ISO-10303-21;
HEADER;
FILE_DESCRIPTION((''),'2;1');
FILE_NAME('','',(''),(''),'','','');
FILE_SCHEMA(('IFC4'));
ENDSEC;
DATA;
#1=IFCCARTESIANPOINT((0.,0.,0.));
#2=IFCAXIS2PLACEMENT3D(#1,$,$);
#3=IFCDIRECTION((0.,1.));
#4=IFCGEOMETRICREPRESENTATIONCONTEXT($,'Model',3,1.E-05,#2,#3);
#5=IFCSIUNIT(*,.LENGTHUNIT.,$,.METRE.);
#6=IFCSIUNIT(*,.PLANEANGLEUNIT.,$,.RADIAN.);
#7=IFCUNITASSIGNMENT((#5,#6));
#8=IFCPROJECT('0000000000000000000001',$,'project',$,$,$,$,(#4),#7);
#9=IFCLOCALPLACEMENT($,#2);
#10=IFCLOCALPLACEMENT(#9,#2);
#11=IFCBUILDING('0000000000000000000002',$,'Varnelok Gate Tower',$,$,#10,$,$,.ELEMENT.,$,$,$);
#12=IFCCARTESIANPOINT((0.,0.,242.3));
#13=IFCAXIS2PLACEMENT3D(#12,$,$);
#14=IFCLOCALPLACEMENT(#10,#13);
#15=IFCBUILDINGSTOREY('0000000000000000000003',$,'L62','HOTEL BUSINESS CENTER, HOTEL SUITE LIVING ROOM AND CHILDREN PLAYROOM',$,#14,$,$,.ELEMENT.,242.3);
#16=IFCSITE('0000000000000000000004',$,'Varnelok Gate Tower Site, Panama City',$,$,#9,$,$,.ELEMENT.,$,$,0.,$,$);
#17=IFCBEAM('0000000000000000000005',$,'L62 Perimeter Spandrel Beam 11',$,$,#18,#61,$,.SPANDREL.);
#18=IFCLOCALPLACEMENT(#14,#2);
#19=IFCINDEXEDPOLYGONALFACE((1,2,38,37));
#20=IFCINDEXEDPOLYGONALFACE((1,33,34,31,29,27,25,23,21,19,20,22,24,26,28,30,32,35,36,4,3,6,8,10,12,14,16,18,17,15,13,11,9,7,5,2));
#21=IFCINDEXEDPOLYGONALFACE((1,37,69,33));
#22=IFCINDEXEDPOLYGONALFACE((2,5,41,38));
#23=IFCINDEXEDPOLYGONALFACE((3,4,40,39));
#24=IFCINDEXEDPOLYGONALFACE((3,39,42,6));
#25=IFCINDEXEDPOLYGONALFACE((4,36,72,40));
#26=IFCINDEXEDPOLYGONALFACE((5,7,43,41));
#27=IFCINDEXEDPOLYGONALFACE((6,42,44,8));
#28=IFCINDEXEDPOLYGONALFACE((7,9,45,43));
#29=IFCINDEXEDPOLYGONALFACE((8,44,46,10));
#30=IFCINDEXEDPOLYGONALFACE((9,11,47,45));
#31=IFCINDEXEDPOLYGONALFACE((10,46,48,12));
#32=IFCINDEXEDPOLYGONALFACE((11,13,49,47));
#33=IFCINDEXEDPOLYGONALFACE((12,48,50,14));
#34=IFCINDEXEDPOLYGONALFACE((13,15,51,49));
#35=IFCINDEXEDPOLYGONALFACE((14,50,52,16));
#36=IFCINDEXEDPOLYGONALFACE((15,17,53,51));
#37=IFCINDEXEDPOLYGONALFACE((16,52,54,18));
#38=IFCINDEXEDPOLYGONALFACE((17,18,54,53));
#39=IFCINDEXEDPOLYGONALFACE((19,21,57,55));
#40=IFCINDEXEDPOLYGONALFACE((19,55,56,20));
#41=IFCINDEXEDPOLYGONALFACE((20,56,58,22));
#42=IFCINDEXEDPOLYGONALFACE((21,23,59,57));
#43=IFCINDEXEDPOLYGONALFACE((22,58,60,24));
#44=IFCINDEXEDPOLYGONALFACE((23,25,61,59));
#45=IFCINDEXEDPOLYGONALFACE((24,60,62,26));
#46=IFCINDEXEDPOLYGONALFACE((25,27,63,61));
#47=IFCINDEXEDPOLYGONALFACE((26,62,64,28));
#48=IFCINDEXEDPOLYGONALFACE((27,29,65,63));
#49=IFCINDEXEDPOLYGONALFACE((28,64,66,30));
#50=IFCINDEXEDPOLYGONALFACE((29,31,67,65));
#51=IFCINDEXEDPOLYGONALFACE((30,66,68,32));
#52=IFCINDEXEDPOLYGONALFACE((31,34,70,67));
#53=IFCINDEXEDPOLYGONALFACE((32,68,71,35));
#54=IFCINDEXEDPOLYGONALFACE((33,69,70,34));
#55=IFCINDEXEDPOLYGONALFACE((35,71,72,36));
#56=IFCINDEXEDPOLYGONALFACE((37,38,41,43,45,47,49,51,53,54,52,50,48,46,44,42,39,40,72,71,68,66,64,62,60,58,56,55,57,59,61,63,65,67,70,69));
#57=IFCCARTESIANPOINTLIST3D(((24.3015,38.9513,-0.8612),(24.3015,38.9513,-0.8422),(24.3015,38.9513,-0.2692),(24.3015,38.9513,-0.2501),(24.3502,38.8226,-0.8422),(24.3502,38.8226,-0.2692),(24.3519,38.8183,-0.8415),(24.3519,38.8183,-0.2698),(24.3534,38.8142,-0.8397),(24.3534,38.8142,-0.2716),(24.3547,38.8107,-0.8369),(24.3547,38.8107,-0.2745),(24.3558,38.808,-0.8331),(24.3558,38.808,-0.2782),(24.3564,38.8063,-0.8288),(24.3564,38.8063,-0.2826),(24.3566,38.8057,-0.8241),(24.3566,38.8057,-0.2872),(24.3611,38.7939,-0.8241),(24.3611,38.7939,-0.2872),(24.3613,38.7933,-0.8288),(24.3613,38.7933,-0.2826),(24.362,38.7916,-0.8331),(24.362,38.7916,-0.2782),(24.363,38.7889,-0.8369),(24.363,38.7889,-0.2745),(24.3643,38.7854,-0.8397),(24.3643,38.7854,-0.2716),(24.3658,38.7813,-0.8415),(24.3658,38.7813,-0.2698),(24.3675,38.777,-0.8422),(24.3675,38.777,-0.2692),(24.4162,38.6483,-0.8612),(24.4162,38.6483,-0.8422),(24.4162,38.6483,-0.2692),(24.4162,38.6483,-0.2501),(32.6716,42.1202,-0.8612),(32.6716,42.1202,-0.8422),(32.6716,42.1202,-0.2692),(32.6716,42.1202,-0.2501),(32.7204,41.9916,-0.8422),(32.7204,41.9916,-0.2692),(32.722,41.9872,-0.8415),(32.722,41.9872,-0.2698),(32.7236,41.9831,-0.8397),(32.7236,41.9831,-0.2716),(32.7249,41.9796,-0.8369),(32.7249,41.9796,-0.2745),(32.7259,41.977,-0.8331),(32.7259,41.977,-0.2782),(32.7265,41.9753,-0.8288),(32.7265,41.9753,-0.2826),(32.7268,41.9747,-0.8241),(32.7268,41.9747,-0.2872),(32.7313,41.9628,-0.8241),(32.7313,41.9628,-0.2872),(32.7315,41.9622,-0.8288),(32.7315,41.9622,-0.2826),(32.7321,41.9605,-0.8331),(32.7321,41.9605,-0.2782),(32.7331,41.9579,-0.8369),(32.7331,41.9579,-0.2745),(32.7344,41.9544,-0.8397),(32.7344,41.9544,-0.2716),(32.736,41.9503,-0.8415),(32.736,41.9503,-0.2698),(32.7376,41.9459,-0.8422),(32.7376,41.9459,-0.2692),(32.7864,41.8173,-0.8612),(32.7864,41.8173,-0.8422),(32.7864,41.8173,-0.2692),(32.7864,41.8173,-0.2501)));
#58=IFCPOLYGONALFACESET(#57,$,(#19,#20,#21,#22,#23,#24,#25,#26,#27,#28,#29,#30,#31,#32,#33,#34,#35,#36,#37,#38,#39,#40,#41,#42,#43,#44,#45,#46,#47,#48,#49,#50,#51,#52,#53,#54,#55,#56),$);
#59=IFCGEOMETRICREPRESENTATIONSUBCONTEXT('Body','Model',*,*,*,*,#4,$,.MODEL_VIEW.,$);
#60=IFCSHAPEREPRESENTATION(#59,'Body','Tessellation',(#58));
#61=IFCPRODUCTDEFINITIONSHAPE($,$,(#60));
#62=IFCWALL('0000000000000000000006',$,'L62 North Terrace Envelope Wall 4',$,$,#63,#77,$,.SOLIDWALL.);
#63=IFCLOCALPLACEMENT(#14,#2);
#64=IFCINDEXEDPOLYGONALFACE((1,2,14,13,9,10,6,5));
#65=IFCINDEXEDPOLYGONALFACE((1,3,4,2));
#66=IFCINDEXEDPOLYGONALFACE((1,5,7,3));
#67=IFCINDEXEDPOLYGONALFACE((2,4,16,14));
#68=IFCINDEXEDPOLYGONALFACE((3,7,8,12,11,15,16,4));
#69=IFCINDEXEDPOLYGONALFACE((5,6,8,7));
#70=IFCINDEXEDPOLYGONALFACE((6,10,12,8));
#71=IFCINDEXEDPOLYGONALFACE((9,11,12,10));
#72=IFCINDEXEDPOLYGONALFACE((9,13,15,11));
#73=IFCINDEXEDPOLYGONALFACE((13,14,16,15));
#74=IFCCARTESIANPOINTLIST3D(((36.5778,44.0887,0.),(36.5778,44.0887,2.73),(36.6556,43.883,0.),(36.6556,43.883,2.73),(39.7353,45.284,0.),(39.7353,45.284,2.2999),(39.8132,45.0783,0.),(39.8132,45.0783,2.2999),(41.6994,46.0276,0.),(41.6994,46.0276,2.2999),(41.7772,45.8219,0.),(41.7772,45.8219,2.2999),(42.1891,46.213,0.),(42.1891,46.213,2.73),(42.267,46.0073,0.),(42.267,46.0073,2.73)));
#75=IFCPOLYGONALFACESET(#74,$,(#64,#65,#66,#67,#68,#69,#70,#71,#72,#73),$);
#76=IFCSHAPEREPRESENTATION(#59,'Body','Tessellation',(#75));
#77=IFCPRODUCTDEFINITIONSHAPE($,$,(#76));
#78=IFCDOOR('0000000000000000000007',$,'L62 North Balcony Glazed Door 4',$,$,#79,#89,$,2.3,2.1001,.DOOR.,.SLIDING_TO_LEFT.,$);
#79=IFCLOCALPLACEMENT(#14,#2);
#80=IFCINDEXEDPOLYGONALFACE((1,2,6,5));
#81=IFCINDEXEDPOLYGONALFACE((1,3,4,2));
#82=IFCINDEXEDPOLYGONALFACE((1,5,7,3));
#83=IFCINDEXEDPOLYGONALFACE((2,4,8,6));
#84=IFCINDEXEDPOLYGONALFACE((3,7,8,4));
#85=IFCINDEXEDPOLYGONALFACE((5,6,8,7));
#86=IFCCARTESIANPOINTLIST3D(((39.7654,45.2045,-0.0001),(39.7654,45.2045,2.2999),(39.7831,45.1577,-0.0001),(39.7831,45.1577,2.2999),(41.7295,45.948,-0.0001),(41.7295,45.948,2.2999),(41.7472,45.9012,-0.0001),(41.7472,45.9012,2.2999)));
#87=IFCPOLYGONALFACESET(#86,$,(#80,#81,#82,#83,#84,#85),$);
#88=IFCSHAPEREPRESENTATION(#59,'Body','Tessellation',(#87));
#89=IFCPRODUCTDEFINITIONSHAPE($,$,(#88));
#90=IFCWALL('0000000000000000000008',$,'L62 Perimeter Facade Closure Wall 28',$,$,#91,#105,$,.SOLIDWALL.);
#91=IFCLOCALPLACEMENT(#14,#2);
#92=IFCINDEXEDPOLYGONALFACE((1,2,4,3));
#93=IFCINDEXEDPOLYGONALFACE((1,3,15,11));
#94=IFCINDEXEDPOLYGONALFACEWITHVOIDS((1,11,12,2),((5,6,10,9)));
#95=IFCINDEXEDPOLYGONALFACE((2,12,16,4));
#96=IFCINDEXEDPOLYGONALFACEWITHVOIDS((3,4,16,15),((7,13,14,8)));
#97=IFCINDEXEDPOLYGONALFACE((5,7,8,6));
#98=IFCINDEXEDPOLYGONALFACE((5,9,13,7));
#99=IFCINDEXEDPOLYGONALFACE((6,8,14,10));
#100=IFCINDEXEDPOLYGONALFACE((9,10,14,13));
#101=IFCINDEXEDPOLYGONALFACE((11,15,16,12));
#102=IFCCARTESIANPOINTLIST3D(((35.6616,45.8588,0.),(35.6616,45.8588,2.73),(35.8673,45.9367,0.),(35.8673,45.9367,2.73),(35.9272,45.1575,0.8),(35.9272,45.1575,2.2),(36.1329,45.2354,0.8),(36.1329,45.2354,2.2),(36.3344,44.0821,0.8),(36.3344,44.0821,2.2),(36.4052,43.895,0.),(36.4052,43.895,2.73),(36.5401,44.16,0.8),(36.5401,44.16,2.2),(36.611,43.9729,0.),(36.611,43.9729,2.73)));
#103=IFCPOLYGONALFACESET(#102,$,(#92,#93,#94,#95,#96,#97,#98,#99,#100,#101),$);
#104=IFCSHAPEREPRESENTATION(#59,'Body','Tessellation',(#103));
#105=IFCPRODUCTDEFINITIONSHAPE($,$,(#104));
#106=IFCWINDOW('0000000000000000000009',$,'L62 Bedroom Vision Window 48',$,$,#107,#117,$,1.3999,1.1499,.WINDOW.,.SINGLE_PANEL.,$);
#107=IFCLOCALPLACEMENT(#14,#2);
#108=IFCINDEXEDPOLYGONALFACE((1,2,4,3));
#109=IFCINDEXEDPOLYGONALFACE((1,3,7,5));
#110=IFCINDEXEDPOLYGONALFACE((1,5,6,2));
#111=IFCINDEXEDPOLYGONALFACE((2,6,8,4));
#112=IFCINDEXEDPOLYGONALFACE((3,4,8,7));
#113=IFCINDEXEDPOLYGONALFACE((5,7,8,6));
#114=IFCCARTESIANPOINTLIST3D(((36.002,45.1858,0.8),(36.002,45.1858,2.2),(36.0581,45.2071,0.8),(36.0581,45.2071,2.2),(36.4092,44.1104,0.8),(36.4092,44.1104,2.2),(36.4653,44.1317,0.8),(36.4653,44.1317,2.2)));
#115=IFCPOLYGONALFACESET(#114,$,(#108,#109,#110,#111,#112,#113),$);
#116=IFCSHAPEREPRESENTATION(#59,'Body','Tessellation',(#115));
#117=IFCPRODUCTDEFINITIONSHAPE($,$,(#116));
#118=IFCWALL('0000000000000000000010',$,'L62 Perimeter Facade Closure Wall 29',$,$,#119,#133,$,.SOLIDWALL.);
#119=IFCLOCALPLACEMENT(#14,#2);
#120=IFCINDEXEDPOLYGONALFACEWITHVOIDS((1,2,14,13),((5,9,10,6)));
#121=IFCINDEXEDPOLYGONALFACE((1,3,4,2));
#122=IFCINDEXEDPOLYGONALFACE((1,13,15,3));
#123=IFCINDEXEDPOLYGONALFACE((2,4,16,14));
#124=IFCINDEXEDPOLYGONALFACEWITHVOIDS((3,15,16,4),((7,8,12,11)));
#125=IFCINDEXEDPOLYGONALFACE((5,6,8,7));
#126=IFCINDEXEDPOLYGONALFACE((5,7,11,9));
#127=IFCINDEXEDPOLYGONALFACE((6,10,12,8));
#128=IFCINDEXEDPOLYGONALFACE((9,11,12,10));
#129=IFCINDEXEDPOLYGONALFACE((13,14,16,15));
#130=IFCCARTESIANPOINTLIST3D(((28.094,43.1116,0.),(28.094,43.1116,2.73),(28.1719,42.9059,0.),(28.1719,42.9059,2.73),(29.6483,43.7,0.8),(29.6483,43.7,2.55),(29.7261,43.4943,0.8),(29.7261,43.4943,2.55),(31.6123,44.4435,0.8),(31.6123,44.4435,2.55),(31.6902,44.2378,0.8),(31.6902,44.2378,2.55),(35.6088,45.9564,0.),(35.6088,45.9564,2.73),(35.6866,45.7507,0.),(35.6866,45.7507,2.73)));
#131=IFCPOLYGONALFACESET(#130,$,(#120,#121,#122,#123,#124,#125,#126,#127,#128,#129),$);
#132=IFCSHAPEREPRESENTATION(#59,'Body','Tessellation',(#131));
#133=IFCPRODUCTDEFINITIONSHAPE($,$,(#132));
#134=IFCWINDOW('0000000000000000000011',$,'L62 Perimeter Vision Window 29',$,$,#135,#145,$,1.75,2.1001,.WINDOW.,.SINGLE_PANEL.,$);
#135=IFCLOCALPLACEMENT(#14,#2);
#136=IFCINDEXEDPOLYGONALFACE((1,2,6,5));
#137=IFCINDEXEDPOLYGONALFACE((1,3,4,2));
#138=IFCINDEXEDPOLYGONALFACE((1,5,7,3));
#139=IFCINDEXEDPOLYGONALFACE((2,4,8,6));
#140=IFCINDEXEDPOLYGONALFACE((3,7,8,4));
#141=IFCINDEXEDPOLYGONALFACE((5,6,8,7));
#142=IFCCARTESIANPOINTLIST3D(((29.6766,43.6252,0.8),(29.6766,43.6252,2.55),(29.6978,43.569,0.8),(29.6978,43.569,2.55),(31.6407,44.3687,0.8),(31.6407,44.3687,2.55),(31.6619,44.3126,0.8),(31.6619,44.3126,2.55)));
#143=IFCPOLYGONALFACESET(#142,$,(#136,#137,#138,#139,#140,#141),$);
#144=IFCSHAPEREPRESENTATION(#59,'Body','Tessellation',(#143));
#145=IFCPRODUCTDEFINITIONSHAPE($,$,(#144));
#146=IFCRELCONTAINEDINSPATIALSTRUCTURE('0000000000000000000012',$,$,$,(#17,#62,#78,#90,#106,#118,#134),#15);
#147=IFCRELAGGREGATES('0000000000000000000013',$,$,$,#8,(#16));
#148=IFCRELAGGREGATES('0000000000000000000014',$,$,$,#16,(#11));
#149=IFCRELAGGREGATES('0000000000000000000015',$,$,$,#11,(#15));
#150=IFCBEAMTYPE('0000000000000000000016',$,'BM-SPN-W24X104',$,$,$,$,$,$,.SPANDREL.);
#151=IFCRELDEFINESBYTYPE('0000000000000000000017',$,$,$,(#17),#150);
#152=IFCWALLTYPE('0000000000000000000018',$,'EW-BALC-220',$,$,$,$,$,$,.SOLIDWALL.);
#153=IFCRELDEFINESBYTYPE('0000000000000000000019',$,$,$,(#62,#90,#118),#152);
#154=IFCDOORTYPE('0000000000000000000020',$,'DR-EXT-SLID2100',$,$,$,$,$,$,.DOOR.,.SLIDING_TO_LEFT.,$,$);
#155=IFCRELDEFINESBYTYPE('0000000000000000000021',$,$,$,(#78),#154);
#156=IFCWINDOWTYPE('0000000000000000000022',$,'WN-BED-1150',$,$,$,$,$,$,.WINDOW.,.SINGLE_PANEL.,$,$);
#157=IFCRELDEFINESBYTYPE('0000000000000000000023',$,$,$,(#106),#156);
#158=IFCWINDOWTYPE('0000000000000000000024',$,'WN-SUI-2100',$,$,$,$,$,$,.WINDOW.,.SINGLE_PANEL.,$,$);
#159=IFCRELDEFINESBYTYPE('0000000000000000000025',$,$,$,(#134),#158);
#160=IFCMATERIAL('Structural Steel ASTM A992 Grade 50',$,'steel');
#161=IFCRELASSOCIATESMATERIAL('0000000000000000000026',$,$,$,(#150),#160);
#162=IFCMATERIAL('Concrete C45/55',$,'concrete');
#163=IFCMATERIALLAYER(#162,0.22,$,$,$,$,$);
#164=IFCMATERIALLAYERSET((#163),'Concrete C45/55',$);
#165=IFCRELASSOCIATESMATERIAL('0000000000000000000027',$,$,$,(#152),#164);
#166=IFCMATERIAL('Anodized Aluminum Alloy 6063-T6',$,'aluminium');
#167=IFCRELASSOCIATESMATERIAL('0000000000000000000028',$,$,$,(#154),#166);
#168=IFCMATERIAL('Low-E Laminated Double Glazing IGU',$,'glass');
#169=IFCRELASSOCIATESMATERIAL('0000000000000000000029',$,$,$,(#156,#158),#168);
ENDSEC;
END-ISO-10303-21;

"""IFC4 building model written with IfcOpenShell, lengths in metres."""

from ifc_helpers import new_model, si_unit, direction, frame, frame_2d, origin, origin_2d, place, context, subcontext, project, spatial, rectangle, i_section, extrude, material, layer, layer_set, material_profile, profile_set, type_object, element, fill, save


model = new_model("IFC4")

# Units and contexts
model_context = context("Model", 3, precision=1e-05, world=origin(), true_north=direction((0.0, 1.0)))
body_context = subcontext(model_context, "Body", "Model", "MODEL_VIEW")
ifc_project = project(units=[si_unit("LENGTHUNIT", "METRE"), si_unit("PLANEANGLEUNIT", "RADIAN")], contexts=[model_context])

# Site, building, storey
site_placement = place(None, origin())
site = spatial("IfcSite", under=ifc_project, at=site_placement, Name="Varnelok Gate Tower Site, Panama City", CompositionType="ELEMENT", RefElevation=0.0)
building_placement = place(site_placement, origin())
building = spatial("IfcBuilding", under=site, at=building_placement, Name="Varnelok Gate Tower", CompositionType="ELEMENT")
storey_placement = place(building_placement, frame((0.0, 0.0, 242.3)))
storey = spatial("IfcBuildingStorey", under=building, at=storey_placement, Name="L62", Description="HOTEL BUSINESS CENTER, HOTEL SUITE LIVING ROOM AND CHILDREN PLAYROOM", CompositionType="ELEMENT", Elevation=242.3)

# Shared definitions
ifc_material_1 = material(Name="Structural Steel ASTM A992 Grade 50", Category="steel")

# Beam
ifc_material_profile_1 = material_profile(ifc_material_1, i_section(OverallWidth=0.324, OverallDepth=0.6111, WebThickness=0.0127, FlangeThickness=0.019, FilletRadius=0.0181, at=origin_2d()), Name="W24X104")
ifc_profile_set_1 = profile_set([ifc_material_profile_1], Name="Structural Steel ASTM A992 Grade 50")
beam_type_1 = type_object("IfcBeamType", Name="BM-SPN-W24X104", PredefinedType="SPANDREL", material=ifc_profile_set_1)
beam_1_placement = place(storey_placement, frame((32.729, 41.9688, -0.5557), z_axis=(-0.935217, -0.354075, 0.0), x_axis=(0.354075, -0.935217, 0.0)))
element("IfcBeam", 1, at=beam_1_placement, inside=storey, type_object=beam_type_1, Name="L62 Perimeter Spandrel Beam 11", PredefinedType="SPANDREL", context=body_context, shape_type="SweptSolid", body=[
    extrude(i_section(OverallWidth=0.324, OverallDepth=0.6111, WebThickness=0.0127, FlangeThickness=0.019, FilletRadius=0.0181, at=origin_2d()), origin(), (0.0, 0.0, 1.0), 8.95),
])

# Wall, opening, door
ifc_material_2 = material(Name="Concrete C45/55", Category="concrete")
ifc_layer_1 = layer(ifc_material_2, 0.22)
ifc_layer_set_1 = layer_set([ifc_layer_1], Name="Concrete C45/55")
wall_type_1 = type_object("IfcWallType", Name="EW-BALC-220", PredefinedType="SOLIDWALL", material=ifc_layer_set_1)
wall_1_placement = place(storey_placement, frame((36.6167, 43.9858, 0.0), z_axis=(0.0, 0.0, 1.0), x_axis=(0.935228, 0.354047, 0.0)))
wall_1 = element("IfcWall", 2, at=wall_1_placement, inside=storey, type_object=wall_type_1, Name="L62 North Terrace Envelope Wall 4", PredefinedType="SOLIDWALL", context=body_context, shape_type="SweptSolid", body=[
    extrude(rectangle(XDim=6.0, YDim=0.22, at=frame_2d((3.0, 0.0))), origin(), (0.0, 0.0, 1.0), 2.73),
])
opening_1_placement = place(wall_1_placement, frame((3.3762, 0.0, 0.0)))
opening_1 = element("IfcOpeningElement", 3, at=opening_1_placement, cuts=wall_1, PredefinedType="OPENING", context=body_context, shape_type="SweptSolid", body=[
    extrude(rectangle(XDim=2.1001, YDim=2.3, at=frame_2d((1.05, 1.1499))), frame((0.0, 0.1199, 0.0), z_axis=(0.0, -1.0, 0.0), x_axis=(1.0, 0.0, 0.0)), (0.0, 0.0, 1.0), 0.24),
])
ifc_material_3 = material(Name="Anodized Aluminum Alloy 6063-T6", Category="aluminium")
door_type_1 = type_object("IfcDoorType", Name="DR-EXT-SLID2100", OperationType="SLIDING_TO_LEFT", PredefinedType="DOOR", material=ifc_material_3)
door_1_placement = place(opening_1_placement, origin())
door_1 = element("IfcDoor", 4, at=door_1_placement, inside=storey, type_object=door_type_1, Name="L62 North Balcony Glazed Door 4", OperationType="SLIDING_TO_LEFT", OverallHeight=2.3, OverallWidth=2.1001, PredefinedType="DOOR", context=body_context, shape_type="SweptSolid", body=[
    extrude(rectangle(XDim=2.1001, YDim=2.3, at=frame_2d((1.05, 1.1499))), frame((0.0, 0.0249, 0.0), z_axis=(0.0, -1.0, 0.0), x_axis=(1.0, 0.0, 0.0)), (0.0, 0.0, 1.0), 0.05),
])
fill(opening_1, door_1)

# Walls, openings, windows
wall_2_placement = place(storey_placement, frame((36.5081, 43.9341, 0.0), z_axis=(0.0, 0.0, 1.0), x_axis=(-0.354128, 0.935197, 0.0)))
wall_2 = element("IfcWall", 5, at=wall_2_placement, inside=storey, type_object=wall_type_1, Name="L62 Perimeter Facade Closure Wall 28", PredefinedType="SOLIDWALL", context=body_context, shape_type="SweptSolid", body=[
    extrude(rectangle(XDim=2.0999, YDim=0.22, at=frame_2d((1.0498, 0.0))), origin(), (0.0, 0.0, 1.0), 2.73),
])
opening_2_placement = place(wall_2_placement, frame((0.2, 0.0, 0.8)))
opening_2 = element("IfcOpeningElement", 6, at=opening_2_placement, cuts=wall_2, PredefinedType="OPENING", context=body_context, shape_type="SweptSolid", body=[
    extrude(rectangle(XDim=1.1499, YDim=1.3999, at=frame_2d((0.575, 0.7))), frame((0.0, 0.1199, 0.0), z_axis=(0.0, -1.0, 0.0), x_axis=(1.0, 0.0, 0.0)), (0.0, 0.0, 1.0), 0.24),
])
ifc_material_4 = material(Name="Low-E Laminated Double Glazing IGU", Category="glass")
window_type_1 = type_object("IfcWindowType", Name="WN-BED-1150", PartitioningType="SINGLE_PANEL", PredefinedType="WINDOW", material=ifc_material_4)
window_1_placement = place(opening_2_placement, origin())
window_1 = element("IfcWindow", 7, at=window_1_placement, inside=storey, type_object=window_type_1, Name="L62 Bedroom Vision Window 48", OverallHeight=1.3999, OverallWidth=1.1499, PartitioningType="SINGLE_PANEL", PredefinedType="WINDOW", context=body_context, shape_type="SweptSolid", body=[
    extrude(rectangle(XDim=1.1499, YDim=1.3999, at=frame_2d((0.575, 0.7))), frame((0.0, 0.03, 0.0), z_axis=(0.0, -1.0, 0.0), x_axis=(1.0, 0.0, 0.0)), (0.0, 0.0, 1.0), 0.0601),
])
fill(opening_2, window_1)
wall_3_placement = place(storey_placement, frame((35.6477, 45.8535, 0.0), z_axis=(0.0, 0.0, 1.0), x_axis=(-0.935231, -0.354039, 0.0)))
wall_3 = element("IfcWall", 8, at=wall_3_placement, inside=storey, type_object=wall_type_1, Name="L62 Perimeter Facade Closure Wall 29", PredefinedType="SOLIDWALL", context=body_context, shape_type="SweptSolid", body=[
    extrude(rectangle(XDim=8.0352, YDim=0.22, at=frame_2d((4.0176, 0.0))), origin(), (0.0, 0.0, 1.0), 2.73),
])
opening_3_placement = place(wall_3_placement, frame((4.2732, 0.0, 0.8)))
opening_3 = element("IfcOpeningElement", 9, at=opening_3_placement, cuts=wall_3, PredefinedType="OPENING", context=body_context, shape_type="SweptSolid", body=[
    extrude(rectangle(XDim=2.1001, YDim=1.75, at=frame_2d((1.05, 0.875))), frame((0.0, 0.1199, 0.0), z_axis=(0.0, -1.0, 0.0), x_axis=(1.0, 0.0, 0.0)), (0.0, 0.0, 1.0), 0.24),
])
window_type_2 = type_object("IfcWindowType", Name="WN-SUI-2100", PartitioningType="SINGLE_PANEL", PredefinedType="WINDOW", material=ifc_material_4)
window_2_placement = place(opening_3_placement, origin())
window_2 = element("IfcWindow", 10, at=window_2_placement, inside=storey, type_object=window_type_2, Name="L62 Perimeter Vision Window 29", OverallHeight=1.75, OverallWidth=2.1001, PartitioningType="SINGLE_PANEL", PredefinedType="WINDOW", context=body_context, shape_type="SweptSolid", body=[
    extrude(rectangle(XDim=2.1001, YDim=1.75, at=frame_2d((1.05, 0.875))), frame((0.0, 0.03, 0.0), z_axis=(0.0, -1.0, 0.0), x_axis=(1.0, 0.0, 0.0)), (0.0, 0.0, 1.0), 0.0601),
])
fill(opening_3, window_2)

save(model, "model.ifc")
